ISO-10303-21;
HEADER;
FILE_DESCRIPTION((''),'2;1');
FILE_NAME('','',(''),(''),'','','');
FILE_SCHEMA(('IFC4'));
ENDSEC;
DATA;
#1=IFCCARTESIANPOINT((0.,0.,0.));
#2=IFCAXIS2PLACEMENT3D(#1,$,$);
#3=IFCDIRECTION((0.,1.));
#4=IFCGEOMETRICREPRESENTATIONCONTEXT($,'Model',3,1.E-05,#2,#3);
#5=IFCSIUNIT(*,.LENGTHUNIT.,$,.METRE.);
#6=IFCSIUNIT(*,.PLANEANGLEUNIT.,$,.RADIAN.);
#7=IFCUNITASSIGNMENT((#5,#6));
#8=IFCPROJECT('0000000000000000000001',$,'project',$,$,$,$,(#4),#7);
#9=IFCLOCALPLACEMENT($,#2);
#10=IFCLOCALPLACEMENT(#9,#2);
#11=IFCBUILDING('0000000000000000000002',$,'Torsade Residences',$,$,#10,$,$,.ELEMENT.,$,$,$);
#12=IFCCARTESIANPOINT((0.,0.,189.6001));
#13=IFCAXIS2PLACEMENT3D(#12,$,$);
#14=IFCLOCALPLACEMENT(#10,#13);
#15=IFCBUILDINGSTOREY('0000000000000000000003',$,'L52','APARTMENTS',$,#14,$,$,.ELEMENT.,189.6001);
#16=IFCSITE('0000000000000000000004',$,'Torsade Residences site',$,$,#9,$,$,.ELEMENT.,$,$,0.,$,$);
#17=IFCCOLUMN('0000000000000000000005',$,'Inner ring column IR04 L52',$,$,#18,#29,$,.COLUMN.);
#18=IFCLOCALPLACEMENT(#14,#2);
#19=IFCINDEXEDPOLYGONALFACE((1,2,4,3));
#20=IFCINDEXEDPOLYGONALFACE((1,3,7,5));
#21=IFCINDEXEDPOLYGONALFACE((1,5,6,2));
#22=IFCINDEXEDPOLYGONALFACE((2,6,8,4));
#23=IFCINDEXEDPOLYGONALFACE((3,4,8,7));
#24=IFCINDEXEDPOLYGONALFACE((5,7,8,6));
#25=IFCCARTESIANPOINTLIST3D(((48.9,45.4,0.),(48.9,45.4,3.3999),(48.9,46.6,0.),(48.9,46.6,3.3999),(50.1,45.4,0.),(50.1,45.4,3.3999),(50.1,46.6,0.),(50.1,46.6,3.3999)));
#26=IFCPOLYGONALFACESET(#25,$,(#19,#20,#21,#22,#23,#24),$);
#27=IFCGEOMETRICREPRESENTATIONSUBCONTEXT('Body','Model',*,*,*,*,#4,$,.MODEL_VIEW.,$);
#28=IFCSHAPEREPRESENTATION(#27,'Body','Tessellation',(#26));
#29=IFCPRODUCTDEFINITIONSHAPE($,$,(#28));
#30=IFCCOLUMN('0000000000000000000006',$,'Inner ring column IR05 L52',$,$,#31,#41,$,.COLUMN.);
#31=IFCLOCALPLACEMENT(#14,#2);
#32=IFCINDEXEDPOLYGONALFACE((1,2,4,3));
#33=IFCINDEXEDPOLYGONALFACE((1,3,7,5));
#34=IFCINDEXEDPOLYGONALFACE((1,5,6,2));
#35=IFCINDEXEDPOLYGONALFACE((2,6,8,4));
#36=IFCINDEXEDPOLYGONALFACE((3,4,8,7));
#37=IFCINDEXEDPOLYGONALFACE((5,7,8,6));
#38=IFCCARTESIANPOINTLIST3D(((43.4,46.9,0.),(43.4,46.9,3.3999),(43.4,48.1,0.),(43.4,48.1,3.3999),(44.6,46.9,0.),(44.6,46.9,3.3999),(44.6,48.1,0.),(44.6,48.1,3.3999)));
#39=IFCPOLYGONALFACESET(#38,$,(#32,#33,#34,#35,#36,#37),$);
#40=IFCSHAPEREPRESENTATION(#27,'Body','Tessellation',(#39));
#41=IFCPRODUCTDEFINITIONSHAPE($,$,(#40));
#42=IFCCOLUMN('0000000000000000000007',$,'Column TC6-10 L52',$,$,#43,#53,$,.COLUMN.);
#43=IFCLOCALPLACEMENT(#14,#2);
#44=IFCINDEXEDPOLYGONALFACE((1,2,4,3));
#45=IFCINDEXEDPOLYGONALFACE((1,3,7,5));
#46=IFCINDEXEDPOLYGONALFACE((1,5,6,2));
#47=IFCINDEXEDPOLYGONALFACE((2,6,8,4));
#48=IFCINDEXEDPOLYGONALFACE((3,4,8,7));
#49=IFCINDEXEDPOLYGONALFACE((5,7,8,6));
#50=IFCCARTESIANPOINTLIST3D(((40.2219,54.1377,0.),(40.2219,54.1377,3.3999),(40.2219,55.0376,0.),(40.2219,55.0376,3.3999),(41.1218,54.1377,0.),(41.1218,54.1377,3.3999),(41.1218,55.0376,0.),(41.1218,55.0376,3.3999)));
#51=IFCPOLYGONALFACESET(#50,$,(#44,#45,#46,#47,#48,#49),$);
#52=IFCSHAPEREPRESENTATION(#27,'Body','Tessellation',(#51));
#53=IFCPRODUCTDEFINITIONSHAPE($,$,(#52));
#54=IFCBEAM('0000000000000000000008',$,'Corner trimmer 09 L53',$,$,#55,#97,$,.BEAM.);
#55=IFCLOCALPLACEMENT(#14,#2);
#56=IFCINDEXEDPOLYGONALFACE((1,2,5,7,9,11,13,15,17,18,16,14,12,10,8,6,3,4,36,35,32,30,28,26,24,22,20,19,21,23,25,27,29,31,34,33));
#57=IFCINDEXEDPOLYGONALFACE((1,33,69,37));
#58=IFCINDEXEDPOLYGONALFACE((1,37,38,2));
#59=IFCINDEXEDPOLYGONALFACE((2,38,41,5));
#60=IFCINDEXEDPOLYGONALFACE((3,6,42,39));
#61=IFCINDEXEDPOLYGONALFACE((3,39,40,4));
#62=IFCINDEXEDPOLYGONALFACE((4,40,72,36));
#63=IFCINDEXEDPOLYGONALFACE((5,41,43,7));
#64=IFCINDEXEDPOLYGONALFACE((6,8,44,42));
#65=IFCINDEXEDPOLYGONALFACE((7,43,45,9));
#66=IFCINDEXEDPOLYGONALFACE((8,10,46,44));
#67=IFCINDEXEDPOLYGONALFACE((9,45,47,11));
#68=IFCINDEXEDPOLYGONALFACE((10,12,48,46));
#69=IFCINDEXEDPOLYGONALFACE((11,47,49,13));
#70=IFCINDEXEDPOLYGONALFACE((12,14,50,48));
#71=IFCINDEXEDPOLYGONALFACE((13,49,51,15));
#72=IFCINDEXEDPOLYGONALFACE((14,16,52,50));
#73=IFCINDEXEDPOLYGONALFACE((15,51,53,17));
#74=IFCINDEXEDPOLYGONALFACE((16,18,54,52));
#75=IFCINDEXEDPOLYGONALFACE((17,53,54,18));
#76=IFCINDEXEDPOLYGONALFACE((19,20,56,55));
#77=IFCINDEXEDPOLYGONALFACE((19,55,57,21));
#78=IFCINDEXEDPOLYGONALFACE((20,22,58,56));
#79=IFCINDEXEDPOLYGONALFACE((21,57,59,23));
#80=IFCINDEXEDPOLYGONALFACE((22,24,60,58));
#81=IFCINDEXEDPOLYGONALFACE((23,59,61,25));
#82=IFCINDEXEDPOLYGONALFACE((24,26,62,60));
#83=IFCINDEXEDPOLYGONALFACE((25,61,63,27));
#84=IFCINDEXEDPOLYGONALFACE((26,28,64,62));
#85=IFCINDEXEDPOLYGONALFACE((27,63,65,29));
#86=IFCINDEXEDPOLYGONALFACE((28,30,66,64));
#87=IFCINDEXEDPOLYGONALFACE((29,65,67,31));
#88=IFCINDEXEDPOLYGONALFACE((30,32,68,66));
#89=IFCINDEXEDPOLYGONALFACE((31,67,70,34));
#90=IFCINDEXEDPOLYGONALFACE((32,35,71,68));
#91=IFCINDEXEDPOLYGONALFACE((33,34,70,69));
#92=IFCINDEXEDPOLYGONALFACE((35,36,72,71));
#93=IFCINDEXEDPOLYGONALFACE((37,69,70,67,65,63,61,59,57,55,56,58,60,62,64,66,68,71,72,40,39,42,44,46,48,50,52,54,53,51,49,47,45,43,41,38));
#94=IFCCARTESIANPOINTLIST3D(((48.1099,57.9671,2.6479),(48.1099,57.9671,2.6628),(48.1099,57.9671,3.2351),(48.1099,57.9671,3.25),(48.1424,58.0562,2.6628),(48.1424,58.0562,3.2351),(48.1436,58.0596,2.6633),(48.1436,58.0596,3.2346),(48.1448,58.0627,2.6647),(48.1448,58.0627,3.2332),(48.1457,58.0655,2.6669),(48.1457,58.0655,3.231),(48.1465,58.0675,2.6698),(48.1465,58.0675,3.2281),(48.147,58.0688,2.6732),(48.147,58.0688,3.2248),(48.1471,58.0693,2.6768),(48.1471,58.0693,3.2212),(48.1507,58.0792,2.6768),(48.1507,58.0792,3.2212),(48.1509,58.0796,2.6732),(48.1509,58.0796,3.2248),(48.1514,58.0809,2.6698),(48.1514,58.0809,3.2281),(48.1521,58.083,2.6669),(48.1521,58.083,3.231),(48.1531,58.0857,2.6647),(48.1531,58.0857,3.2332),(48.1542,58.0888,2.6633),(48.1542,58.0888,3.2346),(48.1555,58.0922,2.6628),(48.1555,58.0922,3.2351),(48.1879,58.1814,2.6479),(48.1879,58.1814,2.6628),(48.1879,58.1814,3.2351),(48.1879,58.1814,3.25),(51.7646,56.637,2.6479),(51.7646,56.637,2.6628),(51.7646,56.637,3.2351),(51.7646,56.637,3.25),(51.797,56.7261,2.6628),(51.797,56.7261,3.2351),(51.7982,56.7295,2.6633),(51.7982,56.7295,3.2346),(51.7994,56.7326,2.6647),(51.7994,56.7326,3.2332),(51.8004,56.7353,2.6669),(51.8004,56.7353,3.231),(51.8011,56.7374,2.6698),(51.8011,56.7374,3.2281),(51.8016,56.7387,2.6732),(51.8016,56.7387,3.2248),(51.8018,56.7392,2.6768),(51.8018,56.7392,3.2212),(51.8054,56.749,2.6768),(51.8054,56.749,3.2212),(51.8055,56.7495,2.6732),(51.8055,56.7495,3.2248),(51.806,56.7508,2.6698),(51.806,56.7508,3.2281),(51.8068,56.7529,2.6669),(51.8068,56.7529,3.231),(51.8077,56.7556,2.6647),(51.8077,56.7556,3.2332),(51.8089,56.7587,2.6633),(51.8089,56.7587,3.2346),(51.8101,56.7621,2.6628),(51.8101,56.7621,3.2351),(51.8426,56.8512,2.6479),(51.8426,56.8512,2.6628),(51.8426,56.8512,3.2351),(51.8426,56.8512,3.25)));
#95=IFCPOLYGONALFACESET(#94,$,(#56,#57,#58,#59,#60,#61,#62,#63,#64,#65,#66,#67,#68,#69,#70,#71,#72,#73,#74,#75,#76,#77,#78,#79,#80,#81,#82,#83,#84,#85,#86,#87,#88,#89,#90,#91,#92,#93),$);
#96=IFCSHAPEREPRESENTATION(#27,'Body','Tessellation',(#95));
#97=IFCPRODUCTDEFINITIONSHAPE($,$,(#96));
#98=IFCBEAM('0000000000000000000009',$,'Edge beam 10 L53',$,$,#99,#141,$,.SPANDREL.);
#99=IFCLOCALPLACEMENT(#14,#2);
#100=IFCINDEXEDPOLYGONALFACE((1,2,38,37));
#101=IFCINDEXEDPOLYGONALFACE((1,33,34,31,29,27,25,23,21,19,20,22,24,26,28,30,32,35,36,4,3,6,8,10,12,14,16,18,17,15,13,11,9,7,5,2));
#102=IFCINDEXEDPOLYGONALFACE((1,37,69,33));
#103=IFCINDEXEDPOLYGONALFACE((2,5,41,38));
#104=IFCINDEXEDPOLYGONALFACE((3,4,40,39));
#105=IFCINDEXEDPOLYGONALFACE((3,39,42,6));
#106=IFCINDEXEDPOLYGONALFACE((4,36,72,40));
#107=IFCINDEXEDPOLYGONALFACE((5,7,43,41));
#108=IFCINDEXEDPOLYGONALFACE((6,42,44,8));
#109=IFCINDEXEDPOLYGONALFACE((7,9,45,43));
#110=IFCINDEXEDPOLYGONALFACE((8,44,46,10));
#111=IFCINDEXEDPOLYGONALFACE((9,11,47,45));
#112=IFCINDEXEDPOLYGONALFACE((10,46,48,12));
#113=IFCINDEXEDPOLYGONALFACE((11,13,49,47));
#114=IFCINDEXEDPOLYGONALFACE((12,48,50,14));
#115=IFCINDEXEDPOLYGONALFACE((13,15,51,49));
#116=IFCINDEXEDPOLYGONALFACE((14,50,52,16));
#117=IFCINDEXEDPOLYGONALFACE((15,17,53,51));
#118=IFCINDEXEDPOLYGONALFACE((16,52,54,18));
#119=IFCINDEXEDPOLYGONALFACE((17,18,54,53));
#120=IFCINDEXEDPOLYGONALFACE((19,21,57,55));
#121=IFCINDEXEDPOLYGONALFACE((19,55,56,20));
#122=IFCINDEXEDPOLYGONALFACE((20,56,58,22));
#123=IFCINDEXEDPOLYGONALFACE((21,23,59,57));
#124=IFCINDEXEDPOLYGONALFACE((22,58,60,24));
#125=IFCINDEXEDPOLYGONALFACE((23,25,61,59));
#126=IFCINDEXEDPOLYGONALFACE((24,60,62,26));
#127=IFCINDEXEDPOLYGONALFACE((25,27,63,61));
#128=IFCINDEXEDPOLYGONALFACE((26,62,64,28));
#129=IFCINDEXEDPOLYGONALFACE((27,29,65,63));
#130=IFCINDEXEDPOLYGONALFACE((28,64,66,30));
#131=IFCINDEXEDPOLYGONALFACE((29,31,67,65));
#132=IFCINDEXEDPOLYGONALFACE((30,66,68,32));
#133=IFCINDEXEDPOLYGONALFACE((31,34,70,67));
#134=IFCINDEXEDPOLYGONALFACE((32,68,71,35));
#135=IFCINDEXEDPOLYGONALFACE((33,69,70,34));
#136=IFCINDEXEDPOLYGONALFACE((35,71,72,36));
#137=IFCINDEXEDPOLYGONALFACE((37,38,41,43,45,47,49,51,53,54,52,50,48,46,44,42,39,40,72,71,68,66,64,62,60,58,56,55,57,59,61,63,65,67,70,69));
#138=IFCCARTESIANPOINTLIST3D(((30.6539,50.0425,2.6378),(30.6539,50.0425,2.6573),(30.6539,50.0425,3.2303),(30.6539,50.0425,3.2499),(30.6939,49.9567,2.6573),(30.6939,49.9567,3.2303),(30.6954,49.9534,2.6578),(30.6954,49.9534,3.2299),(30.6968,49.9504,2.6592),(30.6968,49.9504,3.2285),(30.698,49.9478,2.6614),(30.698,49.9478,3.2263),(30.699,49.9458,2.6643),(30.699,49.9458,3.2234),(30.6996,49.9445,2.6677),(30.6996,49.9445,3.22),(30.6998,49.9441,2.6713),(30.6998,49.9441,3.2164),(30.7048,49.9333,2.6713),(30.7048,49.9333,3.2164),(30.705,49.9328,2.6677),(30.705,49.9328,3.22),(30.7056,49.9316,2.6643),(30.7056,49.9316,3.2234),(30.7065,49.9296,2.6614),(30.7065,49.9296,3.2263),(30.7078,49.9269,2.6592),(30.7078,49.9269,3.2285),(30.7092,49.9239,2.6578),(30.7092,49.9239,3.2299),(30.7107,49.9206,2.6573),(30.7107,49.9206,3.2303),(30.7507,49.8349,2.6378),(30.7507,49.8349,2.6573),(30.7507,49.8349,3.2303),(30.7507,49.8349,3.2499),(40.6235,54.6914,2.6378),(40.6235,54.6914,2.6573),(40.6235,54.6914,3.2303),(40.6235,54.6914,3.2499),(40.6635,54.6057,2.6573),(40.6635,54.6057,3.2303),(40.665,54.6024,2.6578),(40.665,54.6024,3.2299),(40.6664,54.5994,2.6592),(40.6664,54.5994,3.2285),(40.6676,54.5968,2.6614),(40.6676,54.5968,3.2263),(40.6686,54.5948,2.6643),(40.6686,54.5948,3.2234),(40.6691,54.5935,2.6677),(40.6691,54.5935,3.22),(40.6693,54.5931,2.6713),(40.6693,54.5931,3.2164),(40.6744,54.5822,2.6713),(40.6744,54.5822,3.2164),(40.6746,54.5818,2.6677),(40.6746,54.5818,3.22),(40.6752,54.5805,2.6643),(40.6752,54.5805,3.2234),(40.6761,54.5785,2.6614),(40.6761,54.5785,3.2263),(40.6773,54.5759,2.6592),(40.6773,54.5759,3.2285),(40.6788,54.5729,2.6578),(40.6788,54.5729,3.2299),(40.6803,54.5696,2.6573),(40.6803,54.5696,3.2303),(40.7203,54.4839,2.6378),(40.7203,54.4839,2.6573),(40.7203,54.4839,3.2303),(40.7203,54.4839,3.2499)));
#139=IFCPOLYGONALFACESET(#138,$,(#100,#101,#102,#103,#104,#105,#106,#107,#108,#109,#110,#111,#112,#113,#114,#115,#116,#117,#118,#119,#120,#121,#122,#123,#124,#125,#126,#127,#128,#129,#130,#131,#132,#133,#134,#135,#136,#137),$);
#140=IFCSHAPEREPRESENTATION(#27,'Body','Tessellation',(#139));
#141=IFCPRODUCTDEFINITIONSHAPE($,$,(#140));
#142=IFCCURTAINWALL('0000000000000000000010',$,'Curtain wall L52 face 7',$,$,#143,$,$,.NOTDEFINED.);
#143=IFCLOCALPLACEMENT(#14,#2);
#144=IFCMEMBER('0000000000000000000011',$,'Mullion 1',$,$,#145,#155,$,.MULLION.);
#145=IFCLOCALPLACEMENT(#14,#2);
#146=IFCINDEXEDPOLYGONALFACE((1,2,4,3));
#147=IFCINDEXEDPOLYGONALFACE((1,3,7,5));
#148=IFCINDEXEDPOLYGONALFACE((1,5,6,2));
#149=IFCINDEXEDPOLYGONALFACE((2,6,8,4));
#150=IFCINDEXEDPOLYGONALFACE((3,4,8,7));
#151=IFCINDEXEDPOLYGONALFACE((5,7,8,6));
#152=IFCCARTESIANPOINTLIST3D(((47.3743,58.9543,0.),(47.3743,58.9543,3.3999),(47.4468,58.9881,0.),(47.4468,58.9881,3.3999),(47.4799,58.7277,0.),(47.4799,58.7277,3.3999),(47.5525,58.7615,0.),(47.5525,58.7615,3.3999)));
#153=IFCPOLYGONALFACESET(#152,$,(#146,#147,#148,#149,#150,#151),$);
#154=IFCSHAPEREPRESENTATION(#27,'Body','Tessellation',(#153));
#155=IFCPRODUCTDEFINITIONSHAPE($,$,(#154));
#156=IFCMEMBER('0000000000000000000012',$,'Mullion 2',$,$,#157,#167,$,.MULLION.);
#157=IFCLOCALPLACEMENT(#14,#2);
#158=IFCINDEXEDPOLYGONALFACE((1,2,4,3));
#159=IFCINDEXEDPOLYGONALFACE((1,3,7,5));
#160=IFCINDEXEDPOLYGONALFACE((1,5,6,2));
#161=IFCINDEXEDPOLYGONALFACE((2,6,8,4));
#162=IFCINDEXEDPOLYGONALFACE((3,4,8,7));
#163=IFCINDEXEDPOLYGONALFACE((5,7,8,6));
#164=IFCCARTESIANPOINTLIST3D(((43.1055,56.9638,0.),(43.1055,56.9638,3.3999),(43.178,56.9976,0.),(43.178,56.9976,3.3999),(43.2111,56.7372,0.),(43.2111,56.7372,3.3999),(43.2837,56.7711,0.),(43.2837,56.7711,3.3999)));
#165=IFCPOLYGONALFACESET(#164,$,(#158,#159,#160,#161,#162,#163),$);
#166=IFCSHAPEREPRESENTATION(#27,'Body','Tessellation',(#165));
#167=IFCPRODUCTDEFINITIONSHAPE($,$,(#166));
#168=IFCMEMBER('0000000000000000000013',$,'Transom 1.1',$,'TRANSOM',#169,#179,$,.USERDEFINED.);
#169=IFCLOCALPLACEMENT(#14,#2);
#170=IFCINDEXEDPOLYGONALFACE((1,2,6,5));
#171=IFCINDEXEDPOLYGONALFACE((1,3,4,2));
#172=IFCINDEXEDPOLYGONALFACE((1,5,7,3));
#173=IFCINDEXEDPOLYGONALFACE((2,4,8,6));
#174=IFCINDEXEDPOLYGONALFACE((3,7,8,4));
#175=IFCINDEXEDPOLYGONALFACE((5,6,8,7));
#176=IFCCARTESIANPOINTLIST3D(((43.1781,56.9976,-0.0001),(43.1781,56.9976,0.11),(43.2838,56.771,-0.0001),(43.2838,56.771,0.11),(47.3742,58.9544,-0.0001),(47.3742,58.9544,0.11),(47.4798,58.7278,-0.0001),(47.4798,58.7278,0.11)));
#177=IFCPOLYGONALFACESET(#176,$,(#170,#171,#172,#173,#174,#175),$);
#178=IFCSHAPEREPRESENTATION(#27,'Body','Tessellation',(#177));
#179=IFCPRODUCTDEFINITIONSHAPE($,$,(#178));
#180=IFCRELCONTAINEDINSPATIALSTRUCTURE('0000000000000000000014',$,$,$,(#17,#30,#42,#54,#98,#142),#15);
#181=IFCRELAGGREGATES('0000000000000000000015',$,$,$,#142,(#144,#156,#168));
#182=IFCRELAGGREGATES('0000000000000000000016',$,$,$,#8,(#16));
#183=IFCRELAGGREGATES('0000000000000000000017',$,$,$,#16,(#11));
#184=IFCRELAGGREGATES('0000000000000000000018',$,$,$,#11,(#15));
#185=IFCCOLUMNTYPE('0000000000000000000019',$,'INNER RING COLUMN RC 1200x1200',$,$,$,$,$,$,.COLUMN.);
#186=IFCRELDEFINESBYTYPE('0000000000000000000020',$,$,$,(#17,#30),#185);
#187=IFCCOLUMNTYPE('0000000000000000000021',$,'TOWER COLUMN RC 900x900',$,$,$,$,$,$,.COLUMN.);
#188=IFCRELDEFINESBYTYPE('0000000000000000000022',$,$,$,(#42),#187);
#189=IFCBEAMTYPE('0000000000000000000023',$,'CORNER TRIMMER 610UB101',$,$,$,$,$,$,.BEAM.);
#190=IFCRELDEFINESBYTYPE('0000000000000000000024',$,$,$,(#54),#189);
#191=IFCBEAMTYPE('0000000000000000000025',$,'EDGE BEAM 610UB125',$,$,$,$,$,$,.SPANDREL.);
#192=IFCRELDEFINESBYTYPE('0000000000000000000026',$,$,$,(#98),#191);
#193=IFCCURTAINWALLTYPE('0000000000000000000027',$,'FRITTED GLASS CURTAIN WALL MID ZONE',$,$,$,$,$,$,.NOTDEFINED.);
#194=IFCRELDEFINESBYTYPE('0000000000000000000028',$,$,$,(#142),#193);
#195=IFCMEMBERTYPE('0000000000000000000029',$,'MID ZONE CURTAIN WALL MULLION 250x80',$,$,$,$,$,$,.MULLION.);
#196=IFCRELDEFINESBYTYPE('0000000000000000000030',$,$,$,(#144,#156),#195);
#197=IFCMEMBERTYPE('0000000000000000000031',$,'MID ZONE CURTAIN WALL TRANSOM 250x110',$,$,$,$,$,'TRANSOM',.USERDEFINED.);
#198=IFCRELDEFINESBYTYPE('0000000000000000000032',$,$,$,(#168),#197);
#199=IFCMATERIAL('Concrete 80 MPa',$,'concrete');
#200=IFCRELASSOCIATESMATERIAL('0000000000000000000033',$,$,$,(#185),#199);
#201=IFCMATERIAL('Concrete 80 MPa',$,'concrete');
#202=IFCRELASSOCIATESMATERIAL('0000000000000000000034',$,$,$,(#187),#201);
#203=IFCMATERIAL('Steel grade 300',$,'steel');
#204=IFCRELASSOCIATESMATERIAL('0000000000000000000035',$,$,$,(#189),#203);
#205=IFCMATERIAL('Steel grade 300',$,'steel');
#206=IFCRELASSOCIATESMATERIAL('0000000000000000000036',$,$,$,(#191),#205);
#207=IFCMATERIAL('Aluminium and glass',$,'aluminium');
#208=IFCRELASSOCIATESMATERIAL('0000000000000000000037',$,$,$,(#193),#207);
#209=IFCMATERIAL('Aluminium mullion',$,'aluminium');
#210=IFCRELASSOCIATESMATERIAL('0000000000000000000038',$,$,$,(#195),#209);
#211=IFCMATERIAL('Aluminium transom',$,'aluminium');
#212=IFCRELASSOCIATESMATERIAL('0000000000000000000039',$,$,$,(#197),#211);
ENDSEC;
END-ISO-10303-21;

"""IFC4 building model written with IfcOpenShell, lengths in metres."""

from ifc_helpers import new_model, si_unit, direction, frame, origin, origin_2d, place, context, subcontext, project, spatial, rectangle, i_section, extrude, material, material_profile, profile_set, type_object, element, aggregate, save


model = new_model("IFC4")

# Units and contexts
model_context = context("Model", 3, precision=1e-05, world=origin(), true_north=direction((0.0, 1.0)))
body_context = subcontext(model_context, "Body", "Model", "MODEL_VIEW")
ifc_project = project(units=[si_unit("LENGTHUNIT", "METRE"), si_unit("PLANEANGLEUNIT", "RADIAN")], contexts=[model_context])

# Site, building, storey
site_placement = place(None, origin())
site = spatial("IfcSite", under=ifc_project, at=site_placement, Name="Torsade Residences site", CompositionType="ELEMENT", RefElevation=0.0)
building_placement = place(site_placement, origin())
building = spatial("IfcBuilding", under=site, at=building_placement, Name="Torsade Residences", CompositionType="ELEMENT")
storey_placement = place(building_placement, frame((0.0, 0.0, 189.6001)))
storey = spatial("IfcBuildingStorey", under=building, at=storey_placement, Name="L52", Description="APARTMENTS", CompositionType="ELEMENT", Elevation=189.6001)

# Columns
ifc_material_1 = material(Name="Concrete 80 MPa", Category="concrete")
ifc_material_profile_1 = material_profile(ifc_material_1, rectangle(XDim=1.2, YDim=1.2, at=origin_2d()), Name="RC 1200x1200")
ifc_profile_set_1 = profile_set([ifc_material_profile_1], Name="Concrete 80 MPa")
column_type_1 = type_object("IfcColumnType", Name="INNER RING COLUMN RC 1200x1200", PredefinedType="COLUMN", material=ifc_profile_set_1)
for number, where, z_axis, x_axis, name in (
    (1, (49.5, 46.0, 0.0), (0.0, 0.0, 1.0), (1.0, 0.0, 0.0), "Inner ring column IR04 L52"),
    (2, (44.0, 47.5, 0.0), (0.0, 0.0, 1.0), (1.0, 0.0, 0.0), "Inner ring column IR05 L52"),
):
    element("IfcColumn", number, at=place(storey_placement, frame(where, z_axis=z_axis, x_axis=x_axis)), inside=storey, type_object=column_type_1, Name=name, PredefinedType="COLUMN", context=body_context, shape_type="SweptSolid", body=[
        extrude(rectangle(XDim=1.2, YDim=1.2, at=origin_2d()), origin(), (0.0, 0.0, 1.0), 3.3999),
    ])
ifc_material_2 = material(Name="Concrete 80 MPa", Category="concrete")
ifc_material_profile_2 = material_profile(ifc_material_2, rectangle(XDim=0.8999, YDim=0.8999, at=origin_2d()), Name="RC 900x900")
ifc_profile_set_2 = profile_set([ifc_material_profile_2], Name="Concrete 80 MPa")
column_type_2 = type_object("IfcColumnType", Name="TOWER COLUMN RC 900x900", PredefinedType="COLUMN", material=ifc_profile_set_2)
column_placement = place(storey_placement, frame((40.6719, 54.5876, 0.0), z_axis=(0.0, 0.0, 1.0), x_axis=(1.0, 0.0, 0.0)))
element("IfcColumn", 3, at=column_placement, inside=storey, type_object=column_type_2, Name="Column TC6-10 L52", PredefinedType="COLUMN", context=body_context, shape_type="SweptSolid", body=[
    extrude(rectangle(XDim=0.8999, YDim=0.8999, at=origin_2d()), origin(), (0.0, 0.0, 1.0), 3.3999),
])

# Beams
ifc_material_3 = material(Name="Steel grade 300", Category="steel")
ifc_material_profile_3 = material_profile(ifc_material_3, i_section(OverallWidth=0.228, OverallDepth=0.6021, WebThickness=0.0105, FlangeThickness=0.0149, FilletRadius=0.0139, at=origin_2d()), Name="610UB101")
ifc_profile_set_3 = profile_set([ifc_material_profile_3], Name="Steel grade 300")
beam_type_1 = type_object("IfcBeamType", Name="CORNER TRIMMER 610UB101", PredefinedType="BEAM", material=ifc_profile_set_3)
beam_1_placement = place(storey_placement, frame((48.1489, 58.0742, 2.949), z_axis=(0.939698, -0.342005, 0.0), x_axis=(0.342005, 0.939698, 0.0)))
element("IfcBeam", 4, at=beam_1_placement, inside=storey, type_object=beam_type_1, Name="Corner trimmer 09 L53", PredefinedType="BEAM", context=body_context, shape_type="SweptSolid", body=[
    extrude(i_section(OverallWidth=0.228, OverallDepth=0.6021, WebThickness=0.0105, FlangeThickness=0.0149, FilletRadius=0.0139, at=origin_2d()), origin(), (0.0, 0.0, 1.0), 3.8892),
])
ifc_material_4 = material(Name="Steel grade 300", Category="steel")
ifc_material_profile_4 = material_profile(ifc_material_4, i_section(OverallWidth=0.229, OverallDepth=0.6121, WebThickness=0.012, FlangeThickness=0.0195, FilletRadius=0.0139, at=origin_2d()), Name="610UB125")
ifc_profile_set_4 = profile_set([ifc_material_profile_4], Name="Steel grade 300")
beam_type_2 = type_object("IfcBeamType", Name="EDGE BEAM 610UB125", PredefinedType="SPANDREL", material=ifc_profile_set_4)
beam_2_placement = place(storey_placement, frame((40.6719, 54.5876, 2.9438), z_axis=(-0.906305, -0.422624, 0.0), x_axis=(0.422624, -0.906305, 0.0)))
element("IfcBeam", 5, at=beam_2_placement, inside=storey, type_object=beam_type_2, Name="Edge beam 10 L53", PredefinedType="SPANDREL", context=body_context, shape_type="SweptSolid", body=[
    extrude(i_section(OverallWidth=0.229, OverallDepth=0.6121, WebThickness=0.012, FlangeThickness=0.0195, FilletRadius=0.0139, at=origin_2d()), origin(), (0.0, 0.0, 1.0), 11.0002),
])

# Curtain wall, members
ifc_material_5 = material(Name="Aluminium and glass", Category="aluminium")
curtain_wall_type = type_object("IfcCurtainWallType", Name="FRITTED GLASS CURTAIN WALL MID ZONE", PredefinedType="NOTDEFINED", material=ifc_material_5)
curtain_wall_placement = place(storey_placement, origin())
curtain_wall = element("IfcCurtainWall", 6, at=curtain_wall_placement, inside=storey, type_object=curtain_wall_type, Name="Curtain wall L52 face 7", PredefinedType="NOTDEFINED")
ifc_material_6 = material(Name="Aluminium mullion", Category="aluminium")
ifc_material_profile_5 = material_profile(ifc_material_6, rectangle(XDim=0.25, YDim=0.0801, at=origin_2d()), Name="MID ZONE CURTAIN WALL MULLION 250x80")
ifc_profile_set_5 = profile_set([ifc_material_profile_5], Name="Aluminium mullion")
member_type_1 = type_object("IfcMemberType", Name="MID ZONE CURTAIN WALL MULLION 250x80", PredefinedType="MULLION", material=ifc_profile_set_5)
member_1_placement = place(storey_placement, frame((47.4634, 58.8579, 0.0), z_axis=(0.0, 0.0, 1.0), x_axis=(0.422618, -0.906308, 0.0)))
member_1 = element("IfcMember", 7, at=member_1_placement, type_object=member_type_1, Name="Mullion 1", PredefinedType="MULLION", context=body_context, shape_type="SweptSolid", body=[
    extrude(rectangle(XDim=0.25, YDim=0.0801, at=origin_2d()), origin(), (0.0, 0.0, 1.0), 3.3999),
])
member_2_placement = place(storey_placement, frame((43.1946, 56.8674, 0.0), z_axis=(0.0, 0.0, 1.0), x_axis=(0.422618, -0.906308, 0.0)))
member_2 = element("IfcMember", 8, at=member_2_placement, type_object=member_type_1, Name="Mullion 2", PredefinedType="MULLION", context=body_context, shape_type="SweptSolid", body=[
    extrude(rectangle(XDim=0.25, YDim=0.0801, at=origin_2d()), origin(), (0.0, 0.0, 1.0), 3.3999),
])
ifc_material_7 = material(Name="Aluminium transom", Category="aluminium")
ifc_material_profile_6 = material_profile(ifc_material_7, rectangle(XDim=0.25, YDim=0.1101, at=origin_2d()), Name="MID ZONE CURTAIN WALL TRANSOM 250x110")
ifc_profile_set_6 = profile_set([ifc_material_profile_6], Name="Aluminium transom")
member_type_2 = type_object("IfcMemberType", Name="MID ZONE CURTAIN WALL TRANSOM 250x110", ElementType="TRANSOM", PredefinedType="USERDEFINED", material=ifc_profile_set_6)
member_3_placement = place(storey_placement, frame((47.427, 58.8411, 0.0549), z_axis=(-0.906296, -0.422643, 0.0), x_axis=(0.422643, -0.906296, 0.0)))
member_3 = element("IfcMember", 9, at=member_3_placement, type_object=member_type_2, Name="Transom 1.1", ObjectType="TRANSOM", PredefinedType="USERDEFINED", context=body_context, shape_type="SweptSolid", body=[
    extrude(rectangle(XDim=0.25, YDim=0.1101, at=origin_2d()), origin(), (0.0, 0.0, 1.0), 4.6299),
])

aggregate(curtain_wall, [member_1, member_2, member_3])

save(model, "model.ifc")
